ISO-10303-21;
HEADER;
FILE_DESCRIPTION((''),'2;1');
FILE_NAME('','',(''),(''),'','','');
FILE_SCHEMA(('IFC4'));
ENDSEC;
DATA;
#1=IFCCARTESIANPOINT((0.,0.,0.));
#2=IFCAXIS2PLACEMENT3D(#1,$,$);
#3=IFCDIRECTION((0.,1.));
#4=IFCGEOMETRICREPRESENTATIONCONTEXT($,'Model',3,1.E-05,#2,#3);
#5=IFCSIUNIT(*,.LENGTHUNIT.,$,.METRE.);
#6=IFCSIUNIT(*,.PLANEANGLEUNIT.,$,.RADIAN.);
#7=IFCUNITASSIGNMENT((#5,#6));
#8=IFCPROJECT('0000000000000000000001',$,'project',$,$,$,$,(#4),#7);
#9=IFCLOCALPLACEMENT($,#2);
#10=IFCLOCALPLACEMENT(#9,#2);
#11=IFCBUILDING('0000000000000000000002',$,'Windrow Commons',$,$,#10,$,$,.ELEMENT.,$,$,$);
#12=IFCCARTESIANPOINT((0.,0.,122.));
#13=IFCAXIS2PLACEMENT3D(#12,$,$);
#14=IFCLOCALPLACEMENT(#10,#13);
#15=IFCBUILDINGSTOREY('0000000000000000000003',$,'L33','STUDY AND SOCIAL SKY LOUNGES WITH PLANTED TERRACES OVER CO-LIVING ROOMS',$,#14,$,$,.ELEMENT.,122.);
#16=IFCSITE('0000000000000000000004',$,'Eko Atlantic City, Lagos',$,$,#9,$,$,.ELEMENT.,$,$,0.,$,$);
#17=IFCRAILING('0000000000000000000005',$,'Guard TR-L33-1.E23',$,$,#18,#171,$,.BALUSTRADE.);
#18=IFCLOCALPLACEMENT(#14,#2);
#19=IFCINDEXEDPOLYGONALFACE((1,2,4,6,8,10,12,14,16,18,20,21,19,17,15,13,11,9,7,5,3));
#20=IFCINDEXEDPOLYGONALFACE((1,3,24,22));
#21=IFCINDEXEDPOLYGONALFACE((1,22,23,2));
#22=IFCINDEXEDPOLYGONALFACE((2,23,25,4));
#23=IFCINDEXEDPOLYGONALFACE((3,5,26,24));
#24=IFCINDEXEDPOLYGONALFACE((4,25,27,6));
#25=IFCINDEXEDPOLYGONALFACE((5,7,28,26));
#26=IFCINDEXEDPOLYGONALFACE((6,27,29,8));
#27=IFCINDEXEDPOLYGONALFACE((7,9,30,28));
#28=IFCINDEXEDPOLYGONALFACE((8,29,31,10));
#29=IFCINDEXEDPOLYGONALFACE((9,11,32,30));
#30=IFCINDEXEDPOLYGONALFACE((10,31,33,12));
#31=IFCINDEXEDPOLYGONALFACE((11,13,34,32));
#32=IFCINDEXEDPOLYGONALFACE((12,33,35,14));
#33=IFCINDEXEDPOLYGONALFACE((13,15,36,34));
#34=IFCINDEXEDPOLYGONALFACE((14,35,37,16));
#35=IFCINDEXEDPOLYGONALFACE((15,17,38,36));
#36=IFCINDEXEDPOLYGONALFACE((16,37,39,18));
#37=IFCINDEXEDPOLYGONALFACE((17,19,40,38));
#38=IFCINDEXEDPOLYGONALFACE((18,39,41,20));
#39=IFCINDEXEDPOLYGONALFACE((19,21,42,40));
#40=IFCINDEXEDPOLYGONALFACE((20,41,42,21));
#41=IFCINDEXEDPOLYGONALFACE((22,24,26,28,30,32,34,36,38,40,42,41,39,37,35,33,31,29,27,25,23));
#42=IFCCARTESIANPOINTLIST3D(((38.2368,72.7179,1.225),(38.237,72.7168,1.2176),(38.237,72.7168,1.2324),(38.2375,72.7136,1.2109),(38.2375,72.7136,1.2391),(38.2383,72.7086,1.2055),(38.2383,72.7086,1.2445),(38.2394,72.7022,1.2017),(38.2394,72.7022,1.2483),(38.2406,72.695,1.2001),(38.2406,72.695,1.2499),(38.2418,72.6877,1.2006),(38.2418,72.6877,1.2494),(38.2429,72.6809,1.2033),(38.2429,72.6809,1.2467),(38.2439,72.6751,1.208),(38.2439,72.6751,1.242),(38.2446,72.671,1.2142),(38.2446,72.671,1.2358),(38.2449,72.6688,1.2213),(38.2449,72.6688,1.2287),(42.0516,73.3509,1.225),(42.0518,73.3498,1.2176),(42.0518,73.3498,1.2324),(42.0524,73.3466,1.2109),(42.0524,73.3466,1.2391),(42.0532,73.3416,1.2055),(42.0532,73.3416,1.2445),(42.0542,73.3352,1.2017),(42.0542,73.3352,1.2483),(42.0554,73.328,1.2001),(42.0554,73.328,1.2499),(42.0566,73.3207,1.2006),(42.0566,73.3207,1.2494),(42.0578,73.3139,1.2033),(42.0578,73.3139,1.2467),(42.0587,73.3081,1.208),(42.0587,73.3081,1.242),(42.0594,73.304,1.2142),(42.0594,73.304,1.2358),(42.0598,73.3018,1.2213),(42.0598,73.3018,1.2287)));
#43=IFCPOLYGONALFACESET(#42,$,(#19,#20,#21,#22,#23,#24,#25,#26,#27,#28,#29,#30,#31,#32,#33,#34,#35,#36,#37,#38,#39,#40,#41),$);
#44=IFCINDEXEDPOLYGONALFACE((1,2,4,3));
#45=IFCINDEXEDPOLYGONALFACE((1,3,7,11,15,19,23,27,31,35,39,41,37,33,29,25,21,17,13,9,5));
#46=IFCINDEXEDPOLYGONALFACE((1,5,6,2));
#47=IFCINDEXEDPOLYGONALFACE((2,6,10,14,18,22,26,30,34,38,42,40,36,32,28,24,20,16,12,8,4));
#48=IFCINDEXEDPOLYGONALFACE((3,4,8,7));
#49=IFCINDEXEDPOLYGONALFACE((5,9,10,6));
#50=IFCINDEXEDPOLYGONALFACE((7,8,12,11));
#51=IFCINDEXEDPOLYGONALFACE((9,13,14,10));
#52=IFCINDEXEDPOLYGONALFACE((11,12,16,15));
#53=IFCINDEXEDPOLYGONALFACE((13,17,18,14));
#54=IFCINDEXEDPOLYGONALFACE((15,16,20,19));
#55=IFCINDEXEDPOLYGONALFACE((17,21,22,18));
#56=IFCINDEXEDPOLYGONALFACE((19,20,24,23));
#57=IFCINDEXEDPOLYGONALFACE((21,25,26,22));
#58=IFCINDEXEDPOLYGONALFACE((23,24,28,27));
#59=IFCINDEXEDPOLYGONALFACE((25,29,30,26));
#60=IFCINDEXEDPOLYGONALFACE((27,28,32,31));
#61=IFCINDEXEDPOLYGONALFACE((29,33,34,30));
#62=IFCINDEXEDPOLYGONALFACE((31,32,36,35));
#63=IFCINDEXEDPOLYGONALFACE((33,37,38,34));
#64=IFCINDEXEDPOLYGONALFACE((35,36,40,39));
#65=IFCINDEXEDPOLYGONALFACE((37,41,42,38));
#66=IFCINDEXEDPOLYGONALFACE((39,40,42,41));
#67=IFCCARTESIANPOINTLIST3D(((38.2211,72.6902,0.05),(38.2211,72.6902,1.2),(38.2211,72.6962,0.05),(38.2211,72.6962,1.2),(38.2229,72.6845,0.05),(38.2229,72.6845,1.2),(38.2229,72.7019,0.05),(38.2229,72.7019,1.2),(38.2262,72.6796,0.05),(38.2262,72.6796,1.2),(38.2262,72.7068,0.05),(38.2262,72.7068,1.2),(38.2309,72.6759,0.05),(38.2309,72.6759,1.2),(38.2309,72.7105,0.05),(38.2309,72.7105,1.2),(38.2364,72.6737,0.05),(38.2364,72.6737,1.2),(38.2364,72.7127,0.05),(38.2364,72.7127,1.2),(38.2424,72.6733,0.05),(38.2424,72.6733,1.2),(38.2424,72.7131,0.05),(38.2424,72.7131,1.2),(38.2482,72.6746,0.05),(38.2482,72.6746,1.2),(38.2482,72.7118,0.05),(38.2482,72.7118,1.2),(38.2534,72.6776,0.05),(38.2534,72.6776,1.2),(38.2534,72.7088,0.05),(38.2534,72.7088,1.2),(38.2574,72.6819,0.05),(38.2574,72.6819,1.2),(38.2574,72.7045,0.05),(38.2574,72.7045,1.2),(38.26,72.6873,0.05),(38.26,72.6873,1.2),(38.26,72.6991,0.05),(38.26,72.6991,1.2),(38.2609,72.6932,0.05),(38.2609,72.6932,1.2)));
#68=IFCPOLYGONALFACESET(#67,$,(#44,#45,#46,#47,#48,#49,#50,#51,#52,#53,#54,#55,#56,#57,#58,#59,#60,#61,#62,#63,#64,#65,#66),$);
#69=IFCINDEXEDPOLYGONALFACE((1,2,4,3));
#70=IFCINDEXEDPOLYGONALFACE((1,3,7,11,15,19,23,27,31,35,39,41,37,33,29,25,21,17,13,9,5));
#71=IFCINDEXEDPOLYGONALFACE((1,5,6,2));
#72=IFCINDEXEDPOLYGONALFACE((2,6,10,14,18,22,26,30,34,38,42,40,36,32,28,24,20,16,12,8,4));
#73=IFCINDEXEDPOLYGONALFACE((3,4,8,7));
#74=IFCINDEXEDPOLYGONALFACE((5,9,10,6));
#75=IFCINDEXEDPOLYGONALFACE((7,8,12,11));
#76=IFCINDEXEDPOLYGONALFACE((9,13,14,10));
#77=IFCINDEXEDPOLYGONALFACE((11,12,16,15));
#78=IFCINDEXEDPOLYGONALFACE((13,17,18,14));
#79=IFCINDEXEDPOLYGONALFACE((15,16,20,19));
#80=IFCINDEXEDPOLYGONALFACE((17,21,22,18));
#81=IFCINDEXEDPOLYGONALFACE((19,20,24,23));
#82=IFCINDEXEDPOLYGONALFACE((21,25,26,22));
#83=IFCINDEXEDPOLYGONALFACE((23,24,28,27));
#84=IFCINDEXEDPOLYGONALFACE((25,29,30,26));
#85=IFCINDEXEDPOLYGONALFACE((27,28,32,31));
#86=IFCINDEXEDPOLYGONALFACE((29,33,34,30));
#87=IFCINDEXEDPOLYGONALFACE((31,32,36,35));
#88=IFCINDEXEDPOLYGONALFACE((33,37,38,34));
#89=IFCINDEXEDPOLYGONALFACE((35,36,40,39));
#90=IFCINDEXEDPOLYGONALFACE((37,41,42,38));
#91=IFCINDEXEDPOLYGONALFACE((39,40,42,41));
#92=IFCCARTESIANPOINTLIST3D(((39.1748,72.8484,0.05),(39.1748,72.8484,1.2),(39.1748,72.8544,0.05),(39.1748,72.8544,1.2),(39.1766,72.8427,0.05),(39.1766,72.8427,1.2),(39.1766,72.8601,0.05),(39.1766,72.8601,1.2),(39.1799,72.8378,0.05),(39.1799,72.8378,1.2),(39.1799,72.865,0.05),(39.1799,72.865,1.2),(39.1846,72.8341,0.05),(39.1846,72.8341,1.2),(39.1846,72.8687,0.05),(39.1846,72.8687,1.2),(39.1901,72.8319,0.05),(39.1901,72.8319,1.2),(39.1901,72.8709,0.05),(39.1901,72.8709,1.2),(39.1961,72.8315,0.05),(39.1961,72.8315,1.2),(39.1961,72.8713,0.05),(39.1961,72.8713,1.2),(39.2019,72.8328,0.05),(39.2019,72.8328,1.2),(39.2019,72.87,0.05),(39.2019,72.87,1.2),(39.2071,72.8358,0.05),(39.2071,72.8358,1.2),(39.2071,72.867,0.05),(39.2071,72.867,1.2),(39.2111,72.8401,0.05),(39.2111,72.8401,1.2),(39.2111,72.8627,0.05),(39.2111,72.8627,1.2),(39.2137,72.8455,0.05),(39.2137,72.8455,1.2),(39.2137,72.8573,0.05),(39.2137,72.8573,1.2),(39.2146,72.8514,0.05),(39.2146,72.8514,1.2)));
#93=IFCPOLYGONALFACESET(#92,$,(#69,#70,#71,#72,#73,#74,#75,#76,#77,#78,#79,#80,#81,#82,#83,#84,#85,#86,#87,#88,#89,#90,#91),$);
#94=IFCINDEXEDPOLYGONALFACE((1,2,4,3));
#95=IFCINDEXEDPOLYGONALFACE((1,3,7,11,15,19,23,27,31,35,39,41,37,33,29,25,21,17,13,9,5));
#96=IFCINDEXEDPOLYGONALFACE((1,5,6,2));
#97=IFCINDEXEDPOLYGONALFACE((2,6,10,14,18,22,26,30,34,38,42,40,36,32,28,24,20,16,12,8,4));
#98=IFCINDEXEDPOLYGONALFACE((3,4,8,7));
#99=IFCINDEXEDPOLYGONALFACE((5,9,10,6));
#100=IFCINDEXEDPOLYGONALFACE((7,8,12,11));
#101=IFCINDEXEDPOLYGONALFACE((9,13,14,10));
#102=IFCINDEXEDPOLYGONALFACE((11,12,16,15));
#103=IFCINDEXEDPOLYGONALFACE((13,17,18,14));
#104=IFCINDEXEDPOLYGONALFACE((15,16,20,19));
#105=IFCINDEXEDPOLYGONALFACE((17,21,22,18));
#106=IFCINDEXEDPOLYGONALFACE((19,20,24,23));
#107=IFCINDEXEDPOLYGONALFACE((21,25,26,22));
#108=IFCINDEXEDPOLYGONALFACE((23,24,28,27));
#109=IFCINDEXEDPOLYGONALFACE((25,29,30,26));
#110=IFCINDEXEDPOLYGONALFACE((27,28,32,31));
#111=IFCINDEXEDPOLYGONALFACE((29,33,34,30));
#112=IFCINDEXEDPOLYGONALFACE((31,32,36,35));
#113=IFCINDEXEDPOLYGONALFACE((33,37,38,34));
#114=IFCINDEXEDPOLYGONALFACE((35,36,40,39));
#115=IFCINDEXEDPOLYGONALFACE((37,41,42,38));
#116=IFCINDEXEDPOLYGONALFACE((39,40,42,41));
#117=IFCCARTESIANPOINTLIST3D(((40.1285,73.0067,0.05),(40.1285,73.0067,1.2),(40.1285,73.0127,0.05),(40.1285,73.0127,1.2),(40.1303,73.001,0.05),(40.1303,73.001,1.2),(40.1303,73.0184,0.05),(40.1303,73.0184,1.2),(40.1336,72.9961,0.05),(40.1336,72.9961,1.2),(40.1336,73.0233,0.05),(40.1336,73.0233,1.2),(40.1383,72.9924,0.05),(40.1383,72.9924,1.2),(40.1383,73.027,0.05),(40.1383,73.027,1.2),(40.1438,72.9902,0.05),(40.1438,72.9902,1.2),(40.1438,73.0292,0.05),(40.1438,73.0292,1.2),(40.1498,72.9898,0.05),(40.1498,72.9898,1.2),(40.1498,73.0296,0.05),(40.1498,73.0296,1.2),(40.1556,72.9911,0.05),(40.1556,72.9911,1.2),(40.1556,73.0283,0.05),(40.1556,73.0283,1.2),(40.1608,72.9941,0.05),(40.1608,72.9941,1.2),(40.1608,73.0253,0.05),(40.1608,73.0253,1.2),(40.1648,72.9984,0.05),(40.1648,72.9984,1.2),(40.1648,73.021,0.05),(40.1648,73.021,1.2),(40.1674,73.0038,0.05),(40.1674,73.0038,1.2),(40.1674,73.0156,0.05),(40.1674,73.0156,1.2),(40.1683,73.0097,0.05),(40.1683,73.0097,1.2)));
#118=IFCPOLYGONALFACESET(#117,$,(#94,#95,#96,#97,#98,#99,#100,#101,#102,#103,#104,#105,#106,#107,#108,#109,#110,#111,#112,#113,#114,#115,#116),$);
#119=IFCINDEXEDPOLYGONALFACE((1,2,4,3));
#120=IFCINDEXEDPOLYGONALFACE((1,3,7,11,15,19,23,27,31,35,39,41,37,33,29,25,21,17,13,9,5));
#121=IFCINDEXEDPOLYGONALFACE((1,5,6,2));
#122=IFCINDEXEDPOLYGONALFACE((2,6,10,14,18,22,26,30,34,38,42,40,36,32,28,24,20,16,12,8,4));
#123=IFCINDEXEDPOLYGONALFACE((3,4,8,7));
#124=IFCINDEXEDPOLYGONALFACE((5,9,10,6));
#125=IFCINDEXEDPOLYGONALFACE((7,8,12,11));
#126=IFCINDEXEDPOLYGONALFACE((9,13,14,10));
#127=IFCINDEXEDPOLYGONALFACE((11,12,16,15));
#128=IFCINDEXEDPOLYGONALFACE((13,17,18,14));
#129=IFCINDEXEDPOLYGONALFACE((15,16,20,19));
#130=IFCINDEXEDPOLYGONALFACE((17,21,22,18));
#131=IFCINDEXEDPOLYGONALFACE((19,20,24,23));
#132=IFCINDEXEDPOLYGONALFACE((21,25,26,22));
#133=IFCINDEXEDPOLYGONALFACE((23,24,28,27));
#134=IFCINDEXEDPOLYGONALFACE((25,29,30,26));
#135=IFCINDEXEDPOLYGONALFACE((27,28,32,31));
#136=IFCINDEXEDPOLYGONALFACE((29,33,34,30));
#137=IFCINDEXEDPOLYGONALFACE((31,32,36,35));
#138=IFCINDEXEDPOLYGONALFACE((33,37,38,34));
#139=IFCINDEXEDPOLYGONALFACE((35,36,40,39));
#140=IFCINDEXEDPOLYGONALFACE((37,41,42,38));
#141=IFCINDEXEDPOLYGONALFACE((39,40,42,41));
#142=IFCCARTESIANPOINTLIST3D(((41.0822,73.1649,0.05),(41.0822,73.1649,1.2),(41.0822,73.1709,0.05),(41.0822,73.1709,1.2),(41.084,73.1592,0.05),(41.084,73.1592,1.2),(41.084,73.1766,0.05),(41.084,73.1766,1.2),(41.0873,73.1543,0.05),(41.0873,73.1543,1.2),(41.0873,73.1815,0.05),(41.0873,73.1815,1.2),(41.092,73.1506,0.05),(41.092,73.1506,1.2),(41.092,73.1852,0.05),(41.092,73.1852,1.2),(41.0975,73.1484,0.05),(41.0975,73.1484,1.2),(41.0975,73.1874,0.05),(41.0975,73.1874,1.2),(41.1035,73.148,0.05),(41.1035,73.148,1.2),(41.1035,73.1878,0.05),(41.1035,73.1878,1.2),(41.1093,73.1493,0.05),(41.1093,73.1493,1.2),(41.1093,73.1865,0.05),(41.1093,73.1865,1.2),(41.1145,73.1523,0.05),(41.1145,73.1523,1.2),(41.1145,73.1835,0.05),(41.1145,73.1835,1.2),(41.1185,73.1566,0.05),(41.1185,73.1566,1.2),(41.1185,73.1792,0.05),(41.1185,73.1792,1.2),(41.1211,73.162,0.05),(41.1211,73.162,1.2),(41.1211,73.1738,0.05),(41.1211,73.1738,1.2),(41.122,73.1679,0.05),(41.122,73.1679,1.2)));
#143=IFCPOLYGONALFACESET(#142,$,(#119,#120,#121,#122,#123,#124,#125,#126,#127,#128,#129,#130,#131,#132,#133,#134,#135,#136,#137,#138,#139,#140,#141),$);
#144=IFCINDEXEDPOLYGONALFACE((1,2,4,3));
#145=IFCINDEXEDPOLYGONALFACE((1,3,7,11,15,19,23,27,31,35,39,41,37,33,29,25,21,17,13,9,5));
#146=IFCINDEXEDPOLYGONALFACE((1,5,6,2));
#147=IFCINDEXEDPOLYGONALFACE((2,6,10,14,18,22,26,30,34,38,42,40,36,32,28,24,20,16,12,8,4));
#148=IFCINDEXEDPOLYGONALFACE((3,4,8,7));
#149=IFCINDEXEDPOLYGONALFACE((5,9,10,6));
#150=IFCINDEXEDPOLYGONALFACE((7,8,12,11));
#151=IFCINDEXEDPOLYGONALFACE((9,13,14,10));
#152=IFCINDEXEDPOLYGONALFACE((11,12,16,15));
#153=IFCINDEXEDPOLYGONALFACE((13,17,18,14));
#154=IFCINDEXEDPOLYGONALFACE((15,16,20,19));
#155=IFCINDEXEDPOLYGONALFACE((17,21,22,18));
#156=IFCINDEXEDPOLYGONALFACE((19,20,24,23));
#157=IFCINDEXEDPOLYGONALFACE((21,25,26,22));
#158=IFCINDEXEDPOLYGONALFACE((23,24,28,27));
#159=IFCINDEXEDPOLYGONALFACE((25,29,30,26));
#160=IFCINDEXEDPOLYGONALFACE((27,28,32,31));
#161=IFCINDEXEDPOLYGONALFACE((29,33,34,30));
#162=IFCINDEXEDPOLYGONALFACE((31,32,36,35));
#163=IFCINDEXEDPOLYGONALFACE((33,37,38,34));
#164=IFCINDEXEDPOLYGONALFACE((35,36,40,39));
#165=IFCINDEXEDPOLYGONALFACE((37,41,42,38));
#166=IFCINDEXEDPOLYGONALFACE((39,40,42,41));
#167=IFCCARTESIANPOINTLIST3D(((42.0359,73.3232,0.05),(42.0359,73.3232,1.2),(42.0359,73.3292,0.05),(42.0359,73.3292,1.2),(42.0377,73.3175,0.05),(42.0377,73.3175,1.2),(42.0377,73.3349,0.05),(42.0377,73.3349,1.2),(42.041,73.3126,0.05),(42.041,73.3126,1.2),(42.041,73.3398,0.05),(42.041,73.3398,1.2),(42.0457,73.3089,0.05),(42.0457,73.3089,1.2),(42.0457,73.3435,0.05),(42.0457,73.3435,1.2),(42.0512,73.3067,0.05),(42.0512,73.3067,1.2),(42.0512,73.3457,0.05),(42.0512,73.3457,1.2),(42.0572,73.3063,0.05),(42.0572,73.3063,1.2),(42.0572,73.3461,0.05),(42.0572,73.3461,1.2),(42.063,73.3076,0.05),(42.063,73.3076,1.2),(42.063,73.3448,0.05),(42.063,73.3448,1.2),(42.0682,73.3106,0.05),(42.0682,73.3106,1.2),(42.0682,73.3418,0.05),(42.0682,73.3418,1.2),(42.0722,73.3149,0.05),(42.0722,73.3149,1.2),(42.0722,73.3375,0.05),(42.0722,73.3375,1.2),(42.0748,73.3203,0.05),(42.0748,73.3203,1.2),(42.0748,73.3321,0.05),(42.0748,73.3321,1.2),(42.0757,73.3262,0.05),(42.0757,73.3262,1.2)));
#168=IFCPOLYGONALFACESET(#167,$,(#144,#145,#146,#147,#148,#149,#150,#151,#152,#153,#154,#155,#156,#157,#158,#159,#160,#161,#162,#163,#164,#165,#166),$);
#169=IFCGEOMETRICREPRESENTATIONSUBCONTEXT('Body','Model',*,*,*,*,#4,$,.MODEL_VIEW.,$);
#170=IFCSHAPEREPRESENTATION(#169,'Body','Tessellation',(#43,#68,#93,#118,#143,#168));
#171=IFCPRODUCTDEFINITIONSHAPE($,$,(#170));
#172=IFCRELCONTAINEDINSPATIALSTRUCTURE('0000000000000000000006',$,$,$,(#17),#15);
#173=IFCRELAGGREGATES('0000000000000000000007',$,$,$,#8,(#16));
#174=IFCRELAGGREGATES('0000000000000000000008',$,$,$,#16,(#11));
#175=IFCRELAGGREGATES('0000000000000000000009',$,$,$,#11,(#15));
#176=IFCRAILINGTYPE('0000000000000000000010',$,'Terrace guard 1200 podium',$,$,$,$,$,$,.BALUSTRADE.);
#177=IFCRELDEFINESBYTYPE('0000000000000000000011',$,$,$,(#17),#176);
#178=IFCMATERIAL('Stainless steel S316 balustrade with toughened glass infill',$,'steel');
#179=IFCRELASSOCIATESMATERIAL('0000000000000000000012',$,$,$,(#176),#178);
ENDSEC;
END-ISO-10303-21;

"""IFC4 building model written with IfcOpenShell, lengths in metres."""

from ifc_helpers import new_model, si_unit, direction, frame, origin, origin_2d, place, context, subcontext, project, spatial, circle, extrude, material, type_object, element, save


model = new_model("IFC4")

# Units and contexts
model_context = context("Model", 3, precision=1e-05, world=origin(), true_north=direction((0.0, 1.0)))
body_context = subcontext(model_context, "Body", "Model", "MODEL_VIEW")
ifc_project = project(units=[si_unit("LENGTHUNIT", "METRE"), si_unit("PLANEANGLEUNIT", "RADIAN")], contexts=[model_context])

# Site, building, storey
site_placement = place(None, origin())
site = spatial("IfcSite", under=ifc_project, at=site_placement, Name="Eko Atlantic City, Lagos", CompositionType="ELEMENT", RefElevation=0.0)
building_placement = place(site_placement, origin())
building = spatial("IfcBuilding", under=site, at=building_placement, Name="Windrow Commons", CompositionType="ELEMENT")
storey_placement = place(building_placement, frame((0.0, 0.0, 122.0)))
storey = spatial("IfcBuildingStorey", under=building, at=storey_placement, Name="L33", Description="STUDY AND SOCIAL SKY LOUNGES WITH PLANTED TERRACES OVER CO-LIVING ROOMS", CompositionType="ELEMENT", Elevation=122.0)

# Railing
ifc_material_1 = material(Name="Stainless steel S316 balustrade with toughened glass infill", Category="steel")
railing_type = type_object("IfcRailingType", Name="Terrace guard 1200 podium", PredefinedType="BALUSTRADE", material=ifc_material_1)
railing_1_placement = place(storey_placement, frame((38.2409, 72.6932, 0.05)))
element("IfcRailing", 1, at=railing_1_placement, inside=storey, type_object=railing_type, Name="Guard TR-L33-1.E23", PredefinedType="BALUSTRADE", context=body_context, shape_type="SweptSolid", body=[
    extrude(circle(Radius=0.025, at=origin_2d()), frame((0.0, 0.0, 1.175), z_axis=(0.986511, 0.163694, 0.0), x_axis=(-0.163694, 0.986511, 0.0)), (0.0, 0.0, 1.0), 3.867),
    extrude(circle(Radius=0.02, at=origin_2d()), origin(), (0.0, 0.0, 1.0), 1.15),
    extrude(circle(Radius=0.02, at=origin_2d()), frame((0.9537, 0.1582, 0.0)), (0.0, 0.0, 1.0), 1.15),
    extrude(circle(Radius=0.02, at=origin_2d()), frame((1.9074, 0.3165, 0.0)), (0.0, 0.0, 1.0), 1.15),
    extrude(circle(Radius=0.02, at=origin_2d()), frame((2.8611, 0.4747, 0.0)), (0.0, 0.0, 1.0), 1.15),
    extrude(circle(Radius=0.02, at=origin_2d()), frame((3.8148, 0.633, 0.0)), (0.0, 0.0, 1.0), 1.15),
])

save(model, "model.ifc")
